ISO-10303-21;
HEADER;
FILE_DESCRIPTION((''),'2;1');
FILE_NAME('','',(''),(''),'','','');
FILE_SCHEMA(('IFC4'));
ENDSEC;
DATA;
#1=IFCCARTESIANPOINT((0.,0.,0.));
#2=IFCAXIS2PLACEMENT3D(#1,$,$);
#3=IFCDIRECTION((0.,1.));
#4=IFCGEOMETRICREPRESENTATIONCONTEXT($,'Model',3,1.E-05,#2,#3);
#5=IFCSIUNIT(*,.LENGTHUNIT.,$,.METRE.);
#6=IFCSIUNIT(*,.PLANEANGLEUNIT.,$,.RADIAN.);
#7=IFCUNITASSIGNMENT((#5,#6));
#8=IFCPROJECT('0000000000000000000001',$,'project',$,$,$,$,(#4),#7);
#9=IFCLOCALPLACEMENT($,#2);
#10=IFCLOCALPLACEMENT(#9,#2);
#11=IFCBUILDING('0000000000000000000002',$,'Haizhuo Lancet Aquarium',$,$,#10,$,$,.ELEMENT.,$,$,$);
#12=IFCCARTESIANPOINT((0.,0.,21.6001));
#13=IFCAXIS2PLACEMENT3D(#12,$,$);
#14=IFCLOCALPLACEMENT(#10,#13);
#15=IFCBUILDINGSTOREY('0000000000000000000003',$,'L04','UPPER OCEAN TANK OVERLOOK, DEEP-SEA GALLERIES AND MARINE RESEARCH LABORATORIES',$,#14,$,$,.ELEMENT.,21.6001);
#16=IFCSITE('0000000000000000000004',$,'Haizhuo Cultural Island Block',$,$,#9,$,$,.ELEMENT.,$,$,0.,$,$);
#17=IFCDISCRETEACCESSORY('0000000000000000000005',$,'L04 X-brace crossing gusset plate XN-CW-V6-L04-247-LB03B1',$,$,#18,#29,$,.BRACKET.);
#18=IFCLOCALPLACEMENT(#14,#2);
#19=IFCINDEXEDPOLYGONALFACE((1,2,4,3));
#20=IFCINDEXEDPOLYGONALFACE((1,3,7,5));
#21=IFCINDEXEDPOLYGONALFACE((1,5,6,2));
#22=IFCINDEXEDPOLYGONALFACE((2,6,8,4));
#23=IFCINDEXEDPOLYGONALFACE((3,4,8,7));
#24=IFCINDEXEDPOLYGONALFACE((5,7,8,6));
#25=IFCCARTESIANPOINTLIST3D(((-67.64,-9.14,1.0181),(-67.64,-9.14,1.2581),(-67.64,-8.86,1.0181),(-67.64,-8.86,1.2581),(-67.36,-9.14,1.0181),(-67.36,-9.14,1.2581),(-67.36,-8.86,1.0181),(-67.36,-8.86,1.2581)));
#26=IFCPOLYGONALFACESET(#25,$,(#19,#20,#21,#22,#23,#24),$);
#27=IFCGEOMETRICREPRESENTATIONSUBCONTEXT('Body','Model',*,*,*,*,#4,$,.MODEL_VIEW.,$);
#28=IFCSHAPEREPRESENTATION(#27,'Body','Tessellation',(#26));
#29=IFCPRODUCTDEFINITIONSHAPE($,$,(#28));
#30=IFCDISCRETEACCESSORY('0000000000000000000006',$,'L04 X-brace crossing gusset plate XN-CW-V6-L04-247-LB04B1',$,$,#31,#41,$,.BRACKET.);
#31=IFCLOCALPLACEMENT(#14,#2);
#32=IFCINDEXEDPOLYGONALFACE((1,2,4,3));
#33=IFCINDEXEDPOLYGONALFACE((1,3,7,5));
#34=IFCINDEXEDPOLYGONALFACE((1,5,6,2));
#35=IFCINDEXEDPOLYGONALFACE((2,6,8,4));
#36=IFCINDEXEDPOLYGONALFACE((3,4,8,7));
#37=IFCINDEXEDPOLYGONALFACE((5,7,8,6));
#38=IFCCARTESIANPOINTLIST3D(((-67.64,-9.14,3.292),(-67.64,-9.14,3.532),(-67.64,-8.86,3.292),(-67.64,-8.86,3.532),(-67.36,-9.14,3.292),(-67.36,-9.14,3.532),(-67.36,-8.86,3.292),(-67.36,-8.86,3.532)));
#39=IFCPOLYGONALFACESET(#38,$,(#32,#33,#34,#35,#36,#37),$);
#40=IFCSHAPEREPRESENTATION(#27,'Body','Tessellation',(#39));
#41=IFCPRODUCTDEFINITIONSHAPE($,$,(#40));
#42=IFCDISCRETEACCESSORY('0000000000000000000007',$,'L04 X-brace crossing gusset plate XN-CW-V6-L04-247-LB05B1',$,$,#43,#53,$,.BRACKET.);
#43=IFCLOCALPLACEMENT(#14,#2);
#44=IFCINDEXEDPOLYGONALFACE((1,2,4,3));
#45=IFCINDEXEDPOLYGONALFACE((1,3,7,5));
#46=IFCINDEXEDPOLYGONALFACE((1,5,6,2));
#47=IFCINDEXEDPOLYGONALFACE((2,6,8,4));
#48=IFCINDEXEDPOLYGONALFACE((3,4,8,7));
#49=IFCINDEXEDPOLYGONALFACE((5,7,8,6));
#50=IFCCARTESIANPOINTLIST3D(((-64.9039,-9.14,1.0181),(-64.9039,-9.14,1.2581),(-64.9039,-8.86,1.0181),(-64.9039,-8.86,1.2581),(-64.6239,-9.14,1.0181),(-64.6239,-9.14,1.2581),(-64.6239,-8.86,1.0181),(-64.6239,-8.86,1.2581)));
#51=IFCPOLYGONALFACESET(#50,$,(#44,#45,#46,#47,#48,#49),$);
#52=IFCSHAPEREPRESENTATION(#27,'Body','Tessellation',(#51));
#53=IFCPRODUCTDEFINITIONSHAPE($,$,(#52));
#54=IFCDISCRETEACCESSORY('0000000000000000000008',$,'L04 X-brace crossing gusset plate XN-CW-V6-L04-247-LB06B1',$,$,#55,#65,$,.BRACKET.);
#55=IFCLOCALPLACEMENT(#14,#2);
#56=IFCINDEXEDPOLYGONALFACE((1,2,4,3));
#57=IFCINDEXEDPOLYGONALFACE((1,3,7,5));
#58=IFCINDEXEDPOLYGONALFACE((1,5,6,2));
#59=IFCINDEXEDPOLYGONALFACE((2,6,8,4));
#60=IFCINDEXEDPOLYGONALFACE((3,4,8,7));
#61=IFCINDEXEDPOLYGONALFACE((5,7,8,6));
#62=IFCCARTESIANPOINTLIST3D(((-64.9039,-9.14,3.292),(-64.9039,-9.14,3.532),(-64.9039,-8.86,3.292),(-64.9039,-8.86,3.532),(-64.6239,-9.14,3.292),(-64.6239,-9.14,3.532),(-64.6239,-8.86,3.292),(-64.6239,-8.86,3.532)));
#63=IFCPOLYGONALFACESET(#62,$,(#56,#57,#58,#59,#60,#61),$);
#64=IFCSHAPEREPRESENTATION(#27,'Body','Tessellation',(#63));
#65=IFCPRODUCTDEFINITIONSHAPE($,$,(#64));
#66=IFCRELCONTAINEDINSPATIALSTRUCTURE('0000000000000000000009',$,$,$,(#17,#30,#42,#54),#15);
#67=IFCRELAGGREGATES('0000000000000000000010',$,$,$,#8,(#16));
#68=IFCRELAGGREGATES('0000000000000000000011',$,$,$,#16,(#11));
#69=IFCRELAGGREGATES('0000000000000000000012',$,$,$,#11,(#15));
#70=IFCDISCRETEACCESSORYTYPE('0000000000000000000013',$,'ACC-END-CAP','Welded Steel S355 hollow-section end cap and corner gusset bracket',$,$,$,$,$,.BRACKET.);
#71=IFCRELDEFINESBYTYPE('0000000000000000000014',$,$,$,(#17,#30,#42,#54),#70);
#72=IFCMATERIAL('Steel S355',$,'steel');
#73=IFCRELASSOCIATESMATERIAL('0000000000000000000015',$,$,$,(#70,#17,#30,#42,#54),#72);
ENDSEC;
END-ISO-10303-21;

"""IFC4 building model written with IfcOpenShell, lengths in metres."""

from ifc_helpers import new_model, si_unit, direction, frame, origin, origin_2d, place, context, subcontext, project, spatial, rectangle, extrude, material, type_object, element, save


model = new_model("IFC4")

# Units and contexts
model_context = context("Model", 3, precision=1e-05, world=origin(), true_north=direction((0.0, 1.0)))
body_context = subcontext(model_context, "Body", "Model", "MODEL_VIEW")
ifc_project = project(units=[si_unit("LENGTHUNIT", "METRE"), si_unit("PLANEANGLEUNIT", "RADIAN")], contexts=[model_context])

# Site, building, storey
site_placement = place(None, origin())
site = spatial("IfcSite", under=ifc_project, at=site_placement, Name="Haizhuo Cultural Island Block", CompositionType="ELEMENT", RefElevation=0.0)
building_placement = place(site_placement, origin())
building = spatial("IfcBuilding", under=site, at=building_placement, Name="Haizhuo Lancet Aquarium", CompositionType="ELEMENT")
storey_placement = place(building_placement, frame((0.0, 0.0, 21.6001)))
storey = spatial("IfcBuildingStorey", under=building, at=storey_placement, Name="L04", Description="UPPER OCEAN TANK OVERLOOK, DEEP-SEA GALLERIES AND MARINE RESEARCH LABORATORIES", CompositionType="ELEMENT", Elevation=21.6001)

# Shared definitions
ifc_material_1 = material(Name="Steel S355", Category="steel")

# Discrete accessories
discrete_accessory_type = type_object("IfcDiscreteAccessoryType", Name="ACC-END-CAP", Description="Welded Steel S355 hollow-section end cap and corner gusset bracket", PredefinedType="BRACKET", material=ifc_material_1)
for number, where, z_axis, x_axis, name in (
    (1, (-67.5, -9.0, 1.0181), (0.0, 0.0, 1.0), (1.0, 0.0, 0.0), "L04 X-brace crossing gusset plate XN-CW-V6-L04-247-LB03B1"),
    (2, (-67.5, -9.0, 3.292), (0.0, 0.0, 1.0), (1.0, 0.0, 0.0), "L04 X-brace crossing gusset plate XN-CW-V6-L04-247-LB04B1"),
    (3, (-64.7639, -9.0, 1.0181), (0.0, 0.0, 1.0), (1.0, 0.0, 0.0), "L04 X-brace crossing gusset plate XN-CW-V6-L04-247-LB05B1"),
    (4, (-64.7639, -9.0, 3.292), (0.0, 0.0, 1.0), (1.0, 0.0, 0.0), "L04 X-brace crossing gusset plate XN-CW-V6-L04-247-LB06B1"),
):
    element("IfcDiscreteAccessory", number, at=place(storey_placement, frame(where, z_axis=z_axis, x_axis=x_axis)), inside=storey, type_object=discrete_accessory_type, material=ifc_material_1, Name=name, PredefinedType="BRACKET", context=body_context, shape_type="SweptSolid", body=[
        extrude(rectangle(XDim=0.28, YDim=0.28, at=origin_2d()), origin(), (0.0, 0.0, 1.0), 0.24),
    ])

save(model, "model.ifc")
